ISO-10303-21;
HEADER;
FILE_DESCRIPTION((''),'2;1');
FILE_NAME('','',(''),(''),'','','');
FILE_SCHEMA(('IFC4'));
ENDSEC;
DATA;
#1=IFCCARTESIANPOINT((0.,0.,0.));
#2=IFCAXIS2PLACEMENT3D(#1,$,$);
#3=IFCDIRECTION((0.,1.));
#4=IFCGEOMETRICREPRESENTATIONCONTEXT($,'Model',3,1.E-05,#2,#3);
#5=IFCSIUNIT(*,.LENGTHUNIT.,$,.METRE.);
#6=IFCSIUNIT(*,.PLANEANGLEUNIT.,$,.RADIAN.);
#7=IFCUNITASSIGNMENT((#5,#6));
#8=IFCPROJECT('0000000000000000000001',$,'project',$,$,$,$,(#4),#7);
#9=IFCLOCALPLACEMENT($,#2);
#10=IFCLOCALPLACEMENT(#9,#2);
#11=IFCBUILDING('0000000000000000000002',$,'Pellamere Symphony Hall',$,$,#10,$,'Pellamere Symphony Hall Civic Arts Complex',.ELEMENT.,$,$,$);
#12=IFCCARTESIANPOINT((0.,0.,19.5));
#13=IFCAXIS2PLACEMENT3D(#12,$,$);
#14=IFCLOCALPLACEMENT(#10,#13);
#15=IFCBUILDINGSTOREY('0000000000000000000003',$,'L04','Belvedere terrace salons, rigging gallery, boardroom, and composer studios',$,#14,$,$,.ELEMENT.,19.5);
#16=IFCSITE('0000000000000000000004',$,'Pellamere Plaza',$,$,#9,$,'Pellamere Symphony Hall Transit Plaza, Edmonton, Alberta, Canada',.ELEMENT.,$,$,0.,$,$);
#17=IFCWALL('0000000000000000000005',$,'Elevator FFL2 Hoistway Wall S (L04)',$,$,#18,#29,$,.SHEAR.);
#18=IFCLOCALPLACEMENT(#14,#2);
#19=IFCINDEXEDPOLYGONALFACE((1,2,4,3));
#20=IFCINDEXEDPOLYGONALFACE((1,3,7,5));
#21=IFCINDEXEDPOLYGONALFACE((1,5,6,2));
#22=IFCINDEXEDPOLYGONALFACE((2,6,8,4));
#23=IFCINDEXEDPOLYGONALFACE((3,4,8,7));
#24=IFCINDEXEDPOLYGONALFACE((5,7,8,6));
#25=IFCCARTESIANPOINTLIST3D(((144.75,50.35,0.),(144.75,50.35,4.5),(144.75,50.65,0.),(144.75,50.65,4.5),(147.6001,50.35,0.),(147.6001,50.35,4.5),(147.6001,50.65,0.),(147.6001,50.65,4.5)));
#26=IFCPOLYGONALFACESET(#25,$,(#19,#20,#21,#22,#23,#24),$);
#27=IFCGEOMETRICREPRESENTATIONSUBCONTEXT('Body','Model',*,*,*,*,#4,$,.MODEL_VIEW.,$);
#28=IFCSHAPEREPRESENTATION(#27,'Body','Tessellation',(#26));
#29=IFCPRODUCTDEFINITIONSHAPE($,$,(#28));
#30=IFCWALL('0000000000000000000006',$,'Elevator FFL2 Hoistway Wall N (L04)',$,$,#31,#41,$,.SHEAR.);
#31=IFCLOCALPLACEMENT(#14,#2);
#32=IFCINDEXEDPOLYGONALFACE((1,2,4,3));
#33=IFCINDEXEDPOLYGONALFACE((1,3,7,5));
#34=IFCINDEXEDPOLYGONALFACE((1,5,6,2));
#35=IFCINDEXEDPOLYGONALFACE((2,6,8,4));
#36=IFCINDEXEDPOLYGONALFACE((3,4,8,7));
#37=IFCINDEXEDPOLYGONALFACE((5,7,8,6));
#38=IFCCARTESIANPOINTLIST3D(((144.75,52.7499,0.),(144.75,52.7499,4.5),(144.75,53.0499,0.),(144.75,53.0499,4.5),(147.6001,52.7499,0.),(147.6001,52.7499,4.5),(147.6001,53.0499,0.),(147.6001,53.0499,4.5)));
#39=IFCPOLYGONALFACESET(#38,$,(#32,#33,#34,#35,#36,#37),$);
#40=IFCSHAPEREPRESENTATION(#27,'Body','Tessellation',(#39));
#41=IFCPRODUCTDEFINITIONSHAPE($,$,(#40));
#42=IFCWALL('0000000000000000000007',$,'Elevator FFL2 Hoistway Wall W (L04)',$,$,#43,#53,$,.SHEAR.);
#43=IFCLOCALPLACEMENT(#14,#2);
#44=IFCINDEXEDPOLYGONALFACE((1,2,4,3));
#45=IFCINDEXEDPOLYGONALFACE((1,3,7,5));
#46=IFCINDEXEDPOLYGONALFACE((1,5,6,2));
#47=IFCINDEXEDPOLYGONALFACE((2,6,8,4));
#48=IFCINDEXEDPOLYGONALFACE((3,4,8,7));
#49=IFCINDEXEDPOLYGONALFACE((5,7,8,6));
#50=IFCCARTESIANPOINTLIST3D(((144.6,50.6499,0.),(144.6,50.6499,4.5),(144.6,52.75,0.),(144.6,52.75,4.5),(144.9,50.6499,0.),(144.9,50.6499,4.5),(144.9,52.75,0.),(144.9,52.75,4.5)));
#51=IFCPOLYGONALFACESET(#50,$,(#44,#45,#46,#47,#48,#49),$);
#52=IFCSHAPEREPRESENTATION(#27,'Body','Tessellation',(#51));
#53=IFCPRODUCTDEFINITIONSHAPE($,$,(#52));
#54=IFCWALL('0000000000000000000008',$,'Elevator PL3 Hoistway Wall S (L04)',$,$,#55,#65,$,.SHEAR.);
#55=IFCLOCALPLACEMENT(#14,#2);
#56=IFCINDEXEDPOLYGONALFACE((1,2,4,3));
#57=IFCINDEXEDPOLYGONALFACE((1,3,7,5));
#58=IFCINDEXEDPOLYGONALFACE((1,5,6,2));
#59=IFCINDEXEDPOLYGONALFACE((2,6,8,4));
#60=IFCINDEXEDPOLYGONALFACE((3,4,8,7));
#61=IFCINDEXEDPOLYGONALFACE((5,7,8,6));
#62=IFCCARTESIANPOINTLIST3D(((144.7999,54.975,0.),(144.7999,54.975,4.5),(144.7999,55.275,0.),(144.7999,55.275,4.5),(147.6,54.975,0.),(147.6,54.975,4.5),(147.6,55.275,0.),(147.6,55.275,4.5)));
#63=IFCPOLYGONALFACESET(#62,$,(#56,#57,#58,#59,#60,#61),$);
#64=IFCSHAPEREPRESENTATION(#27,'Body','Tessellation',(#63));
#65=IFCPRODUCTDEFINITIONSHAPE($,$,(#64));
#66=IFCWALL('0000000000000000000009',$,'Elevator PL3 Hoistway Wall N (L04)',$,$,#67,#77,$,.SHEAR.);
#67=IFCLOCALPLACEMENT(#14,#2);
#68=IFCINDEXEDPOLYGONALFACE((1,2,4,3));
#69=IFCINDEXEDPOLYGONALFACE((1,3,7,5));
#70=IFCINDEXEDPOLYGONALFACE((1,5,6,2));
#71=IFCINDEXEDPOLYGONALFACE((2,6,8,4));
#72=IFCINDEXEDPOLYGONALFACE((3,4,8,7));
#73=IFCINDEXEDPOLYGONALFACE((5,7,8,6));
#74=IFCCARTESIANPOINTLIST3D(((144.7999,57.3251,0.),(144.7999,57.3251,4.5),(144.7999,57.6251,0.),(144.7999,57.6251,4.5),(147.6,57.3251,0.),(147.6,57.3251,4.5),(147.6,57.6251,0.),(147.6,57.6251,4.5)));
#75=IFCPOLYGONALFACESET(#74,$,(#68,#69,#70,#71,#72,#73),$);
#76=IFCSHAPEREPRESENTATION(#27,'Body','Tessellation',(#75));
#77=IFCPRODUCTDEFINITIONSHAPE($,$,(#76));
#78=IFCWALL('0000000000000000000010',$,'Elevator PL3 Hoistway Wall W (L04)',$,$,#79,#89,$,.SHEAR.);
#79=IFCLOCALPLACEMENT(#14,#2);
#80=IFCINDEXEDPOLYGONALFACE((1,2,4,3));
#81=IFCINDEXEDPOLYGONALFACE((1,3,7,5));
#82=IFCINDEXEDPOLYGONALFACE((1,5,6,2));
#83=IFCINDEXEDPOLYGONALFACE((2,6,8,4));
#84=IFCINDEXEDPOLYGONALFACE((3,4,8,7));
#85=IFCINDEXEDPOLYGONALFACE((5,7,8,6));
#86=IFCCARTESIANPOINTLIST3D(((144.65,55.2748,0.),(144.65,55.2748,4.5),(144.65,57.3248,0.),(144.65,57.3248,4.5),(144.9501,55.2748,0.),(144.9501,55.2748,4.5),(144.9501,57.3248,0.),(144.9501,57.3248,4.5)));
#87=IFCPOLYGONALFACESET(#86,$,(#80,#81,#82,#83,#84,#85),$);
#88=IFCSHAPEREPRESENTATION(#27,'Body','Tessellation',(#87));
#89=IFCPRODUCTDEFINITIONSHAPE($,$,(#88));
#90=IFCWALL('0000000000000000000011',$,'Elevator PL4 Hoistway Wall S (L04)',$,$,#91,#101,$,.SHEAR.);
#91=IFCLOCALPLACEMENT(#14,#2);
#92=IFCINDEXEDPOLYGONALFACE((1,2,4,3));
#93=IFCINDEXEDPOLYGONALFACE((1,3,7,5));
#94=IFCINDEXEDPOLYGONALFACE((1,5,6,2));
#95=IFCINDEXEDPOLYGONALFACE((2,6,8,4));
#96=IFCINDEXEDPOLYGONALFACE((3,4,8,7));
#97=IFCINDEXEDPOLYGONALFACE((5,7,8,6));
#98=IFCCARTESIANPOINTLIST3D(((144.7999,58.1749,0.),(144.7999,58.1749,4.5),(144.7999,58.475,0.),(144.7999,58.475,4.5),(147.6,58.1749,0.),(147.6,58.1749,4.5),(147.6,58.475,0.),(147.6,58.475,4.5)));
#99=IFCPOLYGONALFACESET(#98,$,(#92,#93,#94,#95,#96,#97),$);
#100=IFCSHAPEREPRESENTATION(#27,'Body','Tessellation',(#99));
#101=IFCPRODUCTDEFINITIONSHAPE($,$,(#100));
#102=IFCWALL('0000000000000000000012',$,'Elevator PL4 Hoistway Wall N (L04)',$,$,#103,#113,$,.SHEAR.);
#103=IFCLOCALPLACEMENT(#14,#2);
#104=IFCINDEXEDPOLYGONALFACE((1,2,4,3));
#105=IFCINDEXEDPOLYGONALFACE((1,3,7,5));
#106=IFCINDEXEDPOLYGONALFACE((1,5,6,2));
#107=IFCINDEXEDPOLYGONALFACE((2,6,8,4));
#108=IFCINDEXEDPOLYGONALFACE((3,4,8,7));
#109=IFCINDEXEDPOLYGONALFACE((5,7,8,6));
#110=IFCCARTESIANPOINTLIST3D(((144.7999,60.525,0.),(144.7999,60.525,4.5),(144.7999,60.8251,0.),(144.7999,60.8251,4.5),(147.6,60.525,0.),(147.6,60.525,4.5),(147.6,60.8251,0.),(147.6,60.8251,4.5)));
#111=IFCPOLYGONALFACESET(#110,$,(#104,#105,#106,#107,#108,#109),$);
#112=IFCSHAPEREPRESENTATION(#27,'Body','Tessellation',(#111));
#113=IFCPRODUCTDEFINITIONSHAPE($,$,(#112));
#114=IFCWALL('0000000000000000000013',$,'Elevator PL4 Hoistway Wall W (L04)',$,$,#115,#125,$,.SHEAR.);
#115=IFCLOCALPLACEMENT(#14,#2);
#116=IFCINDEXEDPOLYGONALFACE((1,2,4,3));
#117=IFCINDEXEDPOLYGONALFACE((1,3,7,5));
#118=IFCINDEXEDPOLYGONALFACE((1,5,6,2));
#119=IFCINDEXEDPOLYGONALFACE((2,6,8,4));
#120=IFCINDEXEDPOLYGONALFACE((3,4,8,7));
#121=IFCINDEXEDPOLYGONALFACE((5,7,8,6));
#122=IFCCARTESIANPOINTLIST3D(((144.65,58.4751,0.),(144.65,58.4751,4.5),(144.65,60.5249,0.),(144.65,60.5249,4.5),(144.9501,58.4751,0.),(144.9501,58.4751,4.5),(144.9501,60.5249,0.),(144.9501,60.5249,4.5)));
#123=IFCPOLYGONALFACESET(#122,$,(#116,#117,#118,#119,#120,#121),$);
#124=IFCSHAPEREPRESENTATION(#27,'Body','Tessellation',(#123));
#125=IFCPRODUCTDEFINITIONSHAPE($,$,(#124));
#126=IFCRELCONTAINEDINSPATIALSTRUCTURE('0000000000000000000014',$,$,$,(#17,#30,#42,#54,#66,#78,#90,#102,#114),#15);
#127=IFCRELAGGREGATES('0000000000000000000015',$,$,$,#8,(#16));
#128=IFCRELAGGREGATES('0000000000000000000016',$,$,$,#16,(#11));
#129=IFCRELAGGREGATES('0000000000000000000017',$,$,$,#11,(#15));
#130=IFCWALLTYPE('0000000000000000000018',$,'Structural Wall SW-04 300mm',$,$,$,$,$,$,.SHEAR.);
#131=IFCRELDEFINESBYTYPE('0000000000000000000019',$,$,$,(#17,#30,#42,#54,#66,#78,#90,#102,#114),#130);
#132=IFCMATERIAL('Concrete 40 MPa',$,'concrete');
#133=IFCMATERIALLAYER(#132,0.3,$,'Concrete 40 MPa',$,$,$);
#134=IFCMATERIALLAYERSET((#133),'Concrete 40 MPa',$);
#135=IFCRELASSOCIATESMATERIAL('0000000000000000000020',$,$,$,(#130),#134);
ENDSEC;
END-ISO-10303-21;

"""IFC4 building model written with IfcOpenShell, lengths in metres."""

from ifc_helpers import new_model, si_unit, direction, frame, frame_2d, origin, place, context, subcontext, project, spatial, rectangle, extrude, material, layer, layer_set, type_object, element, save


model = new_model("IFC4")

# Units and contexts
model_context = context("Model", 3, precision=1e-05, world=origin(), true_north=direction((0.0, 1.0)))
body_context = subcontext(model_context, "Body", "Model", "MODEL_VIEW")
ifc_project = project(units=[si_unit("LENGTHUNIT", "METRE"), si_unit("PLANEANGLEUNIT", "RADIAN")], contexts=[model_context])

# Site, building, storey
site_placement = place(None, origin())
site = spatial("IfcSite", under=ifc_project, at=site_placement, Name="Pellamere Plaza", LongName="Pellamere Symphony Hall Transit Plaza, Edmonton, Alberta, Canada", CompositionType="ELEMENT", RefElevation=0.0)
building_placement = place(site_placement, origin())
building = spatial("IfcBuilding", under=site, at=building_placement, Name="Pellamere Symphony Hall", LongName="Pellamere Symphony Hall Civic Arts Complex", CompositionType="ELEMENT")
storey_placement = place(building_placement, frame((0.0, 0.0, 19.5)))
storey = spatial("IfcBuildingStorey", under=building, at=storey_placement, Name="L04", Description="Belvedere terrace salons, rigging gallery, boardroom, and composer studios", CompositionType="ELEMENT", Elevation=19.5)

# Shared definitions
ifc_material_1 = material(Name="Concrete 40 MPa", Category="concrete")

# Walls
ifc_layer_1 = layer(ifc_material_1, 0.3, Name="Concrete 40 MPa")
ifc_layer_set_1 = layer_set([ifc_layer_1], Name="Concrete 40 MPa")
wall_type = type_object("IfcWallType", Name="Structural Wall SW-04 300mm", PredefinedType="SHEAR", material=ifc_layer_set_1)
for number, where, z_axis, x_axis, name in (
    (1, (144.75, 50.5, 0.0), (0.0, 0.0, 1.0), (1.0, 0.0, 0.0), "Elevator FFL2 Hoistway Wall S (L04)"),
    (2, (144.75, 52.8999, 0.0), (0.0, 0.0, 1.0), (1.0, 0.0, 0.0), "Elevator FFL2 Hoistway Wall N (L04)"),
):
    element("IfcWall", number, at=place(storey_placement, frame(where, z_axis=z_axis, x_axis=x_axis)), inside=storey, type_object=wall_type, Name=name, PredefinedType="SHEAR", context=body_context, shape_type="SweptSolid", body=[
        extrude(rectangle(XDim=2.8501, YDim=0.3, at=frame_2d((1.425, 0.0))), origin(), (0.0, 0.0, 1.0), 4.5),
    ])
wall_1_placement = place(storey_placement, frame((144.75, 50.6499, 0.0), z_axis=(0.0, 0.0, 1.0), x_axis=(0.0, 1.0, 0.0)))
element("IfcWall", 3, at=wall_1_placement, inside=storey, type_object=wall_type, Name="Elevator FFL2 Hoistway Wall W (L04)", PredefinedType="SHEAR", context=body_context, shape_type="SweptSolid", body=[
    extrude(rectangle(XDim=2.1001, YDim=0.3, at=frame_2d((1.05, 0.0))), origin(), (0.0, 0.0, 1.0), 4.5),
])
for number, where, z_axis, x_axis, name in (
    (4, (144.8, 55.125, 0.0), (0.0, 0.0, 1.0), (1.0, 0.0, 0.0), "Elevator PL3 Hoistway Wall S (L04)"),
    (5, (144.8, 57.4751, 0.0), (0.0, 0.0, 1.0), (1.0, 0.0, 0.0), "Elevator PL3 Hoistway Wall N (L04)"),
):
    element("IfcWall", number, at=place(storey_placement, frame(where, z_axis=z_axis, x_axis=x_axis)), inside=storey, type_object=wall_type, Name=name, PredefinedType="SHEAR", context=body_context, shape_type="SweptSolid", body=[
        extrude(rectangle(XDim=2.8, YDim=0.3, at=frame_2d((1.3999, 0.0))), origin(), (0.0, 0.0, 1.0), 4.5),
    ])
wall_2_placement = place(storey_placement, frame((144.8, 55.2749, 0.0), z_axis=(0.0, 0.0, 1.0), x_axis=(0.0, 1.0, 0.0)))
element("IfcWall", 6, at=wall_2_placement, inside=storey, type_object=wall_type, Name="Elevator PL3 Hoistway Wall W (L04)", PredefinedType="SHEAR", context=body_context, shape_type="SweptSolid", body=[
    extrude(rectangle(XDim=2.05, YDim=0.3, at=frame_2d((1.0249, 0.0))), origin(), (0.0, 0.0, 1.0), 4.5),
])
for number, where, z_axis, x_axis, name in (
    (7, (144.8, 58.325, 0.0), (0.0, 0.0, 1.0), (1.0, 0.0, 0.0), "Elevator PL4 Hoistway Wall S (L04)"),
    (8, (144.8, 60.675, 0.0), (0.0, 0.0, 1.0), (1.0, 0.0, 0.0), "Elevator PL4 Hoistway Wall N (L04)"),
):
    element("IfcWall", number, at=place(storey_placement, frame(where, z_axis=z_axis, x_axis=x_axis)), inside=storey, type_object=wall_type, Name=name, PredefinedType="SHEAR", context=body_context, shape_type="SweptSolid", body=[
        extrude(rectangle(XDim=2.8, YDim=0.3, at=frame_2d((1.3999, 0.0))), origin(), (0.0, 0.0, 1.0), 4.5),
    ])
wall_3_placement = place(storey_placement, frame((144.8, 58.4751, 0.0), z_axis=(0.0, 0.0, 1.0), x_axis=(0.0, 1.0, 0.0)))
element("IfcWall", 9, at=wall_3_placement, inside=storey, type_object=wall_type, Name="Elevator PL4 Hoistway Wall W (L04)", PredefinedType="SHEAR", context=body_context, shape_type="SweptSolid", body=[
    extrude(rectangle(XDim=2.0498, YDim=0.3, at=frame_2d((1.0249, 0.0))), origin(), (0.0, 0.0, 1.0), 4.5),
])

save(model, "model.ifc")
